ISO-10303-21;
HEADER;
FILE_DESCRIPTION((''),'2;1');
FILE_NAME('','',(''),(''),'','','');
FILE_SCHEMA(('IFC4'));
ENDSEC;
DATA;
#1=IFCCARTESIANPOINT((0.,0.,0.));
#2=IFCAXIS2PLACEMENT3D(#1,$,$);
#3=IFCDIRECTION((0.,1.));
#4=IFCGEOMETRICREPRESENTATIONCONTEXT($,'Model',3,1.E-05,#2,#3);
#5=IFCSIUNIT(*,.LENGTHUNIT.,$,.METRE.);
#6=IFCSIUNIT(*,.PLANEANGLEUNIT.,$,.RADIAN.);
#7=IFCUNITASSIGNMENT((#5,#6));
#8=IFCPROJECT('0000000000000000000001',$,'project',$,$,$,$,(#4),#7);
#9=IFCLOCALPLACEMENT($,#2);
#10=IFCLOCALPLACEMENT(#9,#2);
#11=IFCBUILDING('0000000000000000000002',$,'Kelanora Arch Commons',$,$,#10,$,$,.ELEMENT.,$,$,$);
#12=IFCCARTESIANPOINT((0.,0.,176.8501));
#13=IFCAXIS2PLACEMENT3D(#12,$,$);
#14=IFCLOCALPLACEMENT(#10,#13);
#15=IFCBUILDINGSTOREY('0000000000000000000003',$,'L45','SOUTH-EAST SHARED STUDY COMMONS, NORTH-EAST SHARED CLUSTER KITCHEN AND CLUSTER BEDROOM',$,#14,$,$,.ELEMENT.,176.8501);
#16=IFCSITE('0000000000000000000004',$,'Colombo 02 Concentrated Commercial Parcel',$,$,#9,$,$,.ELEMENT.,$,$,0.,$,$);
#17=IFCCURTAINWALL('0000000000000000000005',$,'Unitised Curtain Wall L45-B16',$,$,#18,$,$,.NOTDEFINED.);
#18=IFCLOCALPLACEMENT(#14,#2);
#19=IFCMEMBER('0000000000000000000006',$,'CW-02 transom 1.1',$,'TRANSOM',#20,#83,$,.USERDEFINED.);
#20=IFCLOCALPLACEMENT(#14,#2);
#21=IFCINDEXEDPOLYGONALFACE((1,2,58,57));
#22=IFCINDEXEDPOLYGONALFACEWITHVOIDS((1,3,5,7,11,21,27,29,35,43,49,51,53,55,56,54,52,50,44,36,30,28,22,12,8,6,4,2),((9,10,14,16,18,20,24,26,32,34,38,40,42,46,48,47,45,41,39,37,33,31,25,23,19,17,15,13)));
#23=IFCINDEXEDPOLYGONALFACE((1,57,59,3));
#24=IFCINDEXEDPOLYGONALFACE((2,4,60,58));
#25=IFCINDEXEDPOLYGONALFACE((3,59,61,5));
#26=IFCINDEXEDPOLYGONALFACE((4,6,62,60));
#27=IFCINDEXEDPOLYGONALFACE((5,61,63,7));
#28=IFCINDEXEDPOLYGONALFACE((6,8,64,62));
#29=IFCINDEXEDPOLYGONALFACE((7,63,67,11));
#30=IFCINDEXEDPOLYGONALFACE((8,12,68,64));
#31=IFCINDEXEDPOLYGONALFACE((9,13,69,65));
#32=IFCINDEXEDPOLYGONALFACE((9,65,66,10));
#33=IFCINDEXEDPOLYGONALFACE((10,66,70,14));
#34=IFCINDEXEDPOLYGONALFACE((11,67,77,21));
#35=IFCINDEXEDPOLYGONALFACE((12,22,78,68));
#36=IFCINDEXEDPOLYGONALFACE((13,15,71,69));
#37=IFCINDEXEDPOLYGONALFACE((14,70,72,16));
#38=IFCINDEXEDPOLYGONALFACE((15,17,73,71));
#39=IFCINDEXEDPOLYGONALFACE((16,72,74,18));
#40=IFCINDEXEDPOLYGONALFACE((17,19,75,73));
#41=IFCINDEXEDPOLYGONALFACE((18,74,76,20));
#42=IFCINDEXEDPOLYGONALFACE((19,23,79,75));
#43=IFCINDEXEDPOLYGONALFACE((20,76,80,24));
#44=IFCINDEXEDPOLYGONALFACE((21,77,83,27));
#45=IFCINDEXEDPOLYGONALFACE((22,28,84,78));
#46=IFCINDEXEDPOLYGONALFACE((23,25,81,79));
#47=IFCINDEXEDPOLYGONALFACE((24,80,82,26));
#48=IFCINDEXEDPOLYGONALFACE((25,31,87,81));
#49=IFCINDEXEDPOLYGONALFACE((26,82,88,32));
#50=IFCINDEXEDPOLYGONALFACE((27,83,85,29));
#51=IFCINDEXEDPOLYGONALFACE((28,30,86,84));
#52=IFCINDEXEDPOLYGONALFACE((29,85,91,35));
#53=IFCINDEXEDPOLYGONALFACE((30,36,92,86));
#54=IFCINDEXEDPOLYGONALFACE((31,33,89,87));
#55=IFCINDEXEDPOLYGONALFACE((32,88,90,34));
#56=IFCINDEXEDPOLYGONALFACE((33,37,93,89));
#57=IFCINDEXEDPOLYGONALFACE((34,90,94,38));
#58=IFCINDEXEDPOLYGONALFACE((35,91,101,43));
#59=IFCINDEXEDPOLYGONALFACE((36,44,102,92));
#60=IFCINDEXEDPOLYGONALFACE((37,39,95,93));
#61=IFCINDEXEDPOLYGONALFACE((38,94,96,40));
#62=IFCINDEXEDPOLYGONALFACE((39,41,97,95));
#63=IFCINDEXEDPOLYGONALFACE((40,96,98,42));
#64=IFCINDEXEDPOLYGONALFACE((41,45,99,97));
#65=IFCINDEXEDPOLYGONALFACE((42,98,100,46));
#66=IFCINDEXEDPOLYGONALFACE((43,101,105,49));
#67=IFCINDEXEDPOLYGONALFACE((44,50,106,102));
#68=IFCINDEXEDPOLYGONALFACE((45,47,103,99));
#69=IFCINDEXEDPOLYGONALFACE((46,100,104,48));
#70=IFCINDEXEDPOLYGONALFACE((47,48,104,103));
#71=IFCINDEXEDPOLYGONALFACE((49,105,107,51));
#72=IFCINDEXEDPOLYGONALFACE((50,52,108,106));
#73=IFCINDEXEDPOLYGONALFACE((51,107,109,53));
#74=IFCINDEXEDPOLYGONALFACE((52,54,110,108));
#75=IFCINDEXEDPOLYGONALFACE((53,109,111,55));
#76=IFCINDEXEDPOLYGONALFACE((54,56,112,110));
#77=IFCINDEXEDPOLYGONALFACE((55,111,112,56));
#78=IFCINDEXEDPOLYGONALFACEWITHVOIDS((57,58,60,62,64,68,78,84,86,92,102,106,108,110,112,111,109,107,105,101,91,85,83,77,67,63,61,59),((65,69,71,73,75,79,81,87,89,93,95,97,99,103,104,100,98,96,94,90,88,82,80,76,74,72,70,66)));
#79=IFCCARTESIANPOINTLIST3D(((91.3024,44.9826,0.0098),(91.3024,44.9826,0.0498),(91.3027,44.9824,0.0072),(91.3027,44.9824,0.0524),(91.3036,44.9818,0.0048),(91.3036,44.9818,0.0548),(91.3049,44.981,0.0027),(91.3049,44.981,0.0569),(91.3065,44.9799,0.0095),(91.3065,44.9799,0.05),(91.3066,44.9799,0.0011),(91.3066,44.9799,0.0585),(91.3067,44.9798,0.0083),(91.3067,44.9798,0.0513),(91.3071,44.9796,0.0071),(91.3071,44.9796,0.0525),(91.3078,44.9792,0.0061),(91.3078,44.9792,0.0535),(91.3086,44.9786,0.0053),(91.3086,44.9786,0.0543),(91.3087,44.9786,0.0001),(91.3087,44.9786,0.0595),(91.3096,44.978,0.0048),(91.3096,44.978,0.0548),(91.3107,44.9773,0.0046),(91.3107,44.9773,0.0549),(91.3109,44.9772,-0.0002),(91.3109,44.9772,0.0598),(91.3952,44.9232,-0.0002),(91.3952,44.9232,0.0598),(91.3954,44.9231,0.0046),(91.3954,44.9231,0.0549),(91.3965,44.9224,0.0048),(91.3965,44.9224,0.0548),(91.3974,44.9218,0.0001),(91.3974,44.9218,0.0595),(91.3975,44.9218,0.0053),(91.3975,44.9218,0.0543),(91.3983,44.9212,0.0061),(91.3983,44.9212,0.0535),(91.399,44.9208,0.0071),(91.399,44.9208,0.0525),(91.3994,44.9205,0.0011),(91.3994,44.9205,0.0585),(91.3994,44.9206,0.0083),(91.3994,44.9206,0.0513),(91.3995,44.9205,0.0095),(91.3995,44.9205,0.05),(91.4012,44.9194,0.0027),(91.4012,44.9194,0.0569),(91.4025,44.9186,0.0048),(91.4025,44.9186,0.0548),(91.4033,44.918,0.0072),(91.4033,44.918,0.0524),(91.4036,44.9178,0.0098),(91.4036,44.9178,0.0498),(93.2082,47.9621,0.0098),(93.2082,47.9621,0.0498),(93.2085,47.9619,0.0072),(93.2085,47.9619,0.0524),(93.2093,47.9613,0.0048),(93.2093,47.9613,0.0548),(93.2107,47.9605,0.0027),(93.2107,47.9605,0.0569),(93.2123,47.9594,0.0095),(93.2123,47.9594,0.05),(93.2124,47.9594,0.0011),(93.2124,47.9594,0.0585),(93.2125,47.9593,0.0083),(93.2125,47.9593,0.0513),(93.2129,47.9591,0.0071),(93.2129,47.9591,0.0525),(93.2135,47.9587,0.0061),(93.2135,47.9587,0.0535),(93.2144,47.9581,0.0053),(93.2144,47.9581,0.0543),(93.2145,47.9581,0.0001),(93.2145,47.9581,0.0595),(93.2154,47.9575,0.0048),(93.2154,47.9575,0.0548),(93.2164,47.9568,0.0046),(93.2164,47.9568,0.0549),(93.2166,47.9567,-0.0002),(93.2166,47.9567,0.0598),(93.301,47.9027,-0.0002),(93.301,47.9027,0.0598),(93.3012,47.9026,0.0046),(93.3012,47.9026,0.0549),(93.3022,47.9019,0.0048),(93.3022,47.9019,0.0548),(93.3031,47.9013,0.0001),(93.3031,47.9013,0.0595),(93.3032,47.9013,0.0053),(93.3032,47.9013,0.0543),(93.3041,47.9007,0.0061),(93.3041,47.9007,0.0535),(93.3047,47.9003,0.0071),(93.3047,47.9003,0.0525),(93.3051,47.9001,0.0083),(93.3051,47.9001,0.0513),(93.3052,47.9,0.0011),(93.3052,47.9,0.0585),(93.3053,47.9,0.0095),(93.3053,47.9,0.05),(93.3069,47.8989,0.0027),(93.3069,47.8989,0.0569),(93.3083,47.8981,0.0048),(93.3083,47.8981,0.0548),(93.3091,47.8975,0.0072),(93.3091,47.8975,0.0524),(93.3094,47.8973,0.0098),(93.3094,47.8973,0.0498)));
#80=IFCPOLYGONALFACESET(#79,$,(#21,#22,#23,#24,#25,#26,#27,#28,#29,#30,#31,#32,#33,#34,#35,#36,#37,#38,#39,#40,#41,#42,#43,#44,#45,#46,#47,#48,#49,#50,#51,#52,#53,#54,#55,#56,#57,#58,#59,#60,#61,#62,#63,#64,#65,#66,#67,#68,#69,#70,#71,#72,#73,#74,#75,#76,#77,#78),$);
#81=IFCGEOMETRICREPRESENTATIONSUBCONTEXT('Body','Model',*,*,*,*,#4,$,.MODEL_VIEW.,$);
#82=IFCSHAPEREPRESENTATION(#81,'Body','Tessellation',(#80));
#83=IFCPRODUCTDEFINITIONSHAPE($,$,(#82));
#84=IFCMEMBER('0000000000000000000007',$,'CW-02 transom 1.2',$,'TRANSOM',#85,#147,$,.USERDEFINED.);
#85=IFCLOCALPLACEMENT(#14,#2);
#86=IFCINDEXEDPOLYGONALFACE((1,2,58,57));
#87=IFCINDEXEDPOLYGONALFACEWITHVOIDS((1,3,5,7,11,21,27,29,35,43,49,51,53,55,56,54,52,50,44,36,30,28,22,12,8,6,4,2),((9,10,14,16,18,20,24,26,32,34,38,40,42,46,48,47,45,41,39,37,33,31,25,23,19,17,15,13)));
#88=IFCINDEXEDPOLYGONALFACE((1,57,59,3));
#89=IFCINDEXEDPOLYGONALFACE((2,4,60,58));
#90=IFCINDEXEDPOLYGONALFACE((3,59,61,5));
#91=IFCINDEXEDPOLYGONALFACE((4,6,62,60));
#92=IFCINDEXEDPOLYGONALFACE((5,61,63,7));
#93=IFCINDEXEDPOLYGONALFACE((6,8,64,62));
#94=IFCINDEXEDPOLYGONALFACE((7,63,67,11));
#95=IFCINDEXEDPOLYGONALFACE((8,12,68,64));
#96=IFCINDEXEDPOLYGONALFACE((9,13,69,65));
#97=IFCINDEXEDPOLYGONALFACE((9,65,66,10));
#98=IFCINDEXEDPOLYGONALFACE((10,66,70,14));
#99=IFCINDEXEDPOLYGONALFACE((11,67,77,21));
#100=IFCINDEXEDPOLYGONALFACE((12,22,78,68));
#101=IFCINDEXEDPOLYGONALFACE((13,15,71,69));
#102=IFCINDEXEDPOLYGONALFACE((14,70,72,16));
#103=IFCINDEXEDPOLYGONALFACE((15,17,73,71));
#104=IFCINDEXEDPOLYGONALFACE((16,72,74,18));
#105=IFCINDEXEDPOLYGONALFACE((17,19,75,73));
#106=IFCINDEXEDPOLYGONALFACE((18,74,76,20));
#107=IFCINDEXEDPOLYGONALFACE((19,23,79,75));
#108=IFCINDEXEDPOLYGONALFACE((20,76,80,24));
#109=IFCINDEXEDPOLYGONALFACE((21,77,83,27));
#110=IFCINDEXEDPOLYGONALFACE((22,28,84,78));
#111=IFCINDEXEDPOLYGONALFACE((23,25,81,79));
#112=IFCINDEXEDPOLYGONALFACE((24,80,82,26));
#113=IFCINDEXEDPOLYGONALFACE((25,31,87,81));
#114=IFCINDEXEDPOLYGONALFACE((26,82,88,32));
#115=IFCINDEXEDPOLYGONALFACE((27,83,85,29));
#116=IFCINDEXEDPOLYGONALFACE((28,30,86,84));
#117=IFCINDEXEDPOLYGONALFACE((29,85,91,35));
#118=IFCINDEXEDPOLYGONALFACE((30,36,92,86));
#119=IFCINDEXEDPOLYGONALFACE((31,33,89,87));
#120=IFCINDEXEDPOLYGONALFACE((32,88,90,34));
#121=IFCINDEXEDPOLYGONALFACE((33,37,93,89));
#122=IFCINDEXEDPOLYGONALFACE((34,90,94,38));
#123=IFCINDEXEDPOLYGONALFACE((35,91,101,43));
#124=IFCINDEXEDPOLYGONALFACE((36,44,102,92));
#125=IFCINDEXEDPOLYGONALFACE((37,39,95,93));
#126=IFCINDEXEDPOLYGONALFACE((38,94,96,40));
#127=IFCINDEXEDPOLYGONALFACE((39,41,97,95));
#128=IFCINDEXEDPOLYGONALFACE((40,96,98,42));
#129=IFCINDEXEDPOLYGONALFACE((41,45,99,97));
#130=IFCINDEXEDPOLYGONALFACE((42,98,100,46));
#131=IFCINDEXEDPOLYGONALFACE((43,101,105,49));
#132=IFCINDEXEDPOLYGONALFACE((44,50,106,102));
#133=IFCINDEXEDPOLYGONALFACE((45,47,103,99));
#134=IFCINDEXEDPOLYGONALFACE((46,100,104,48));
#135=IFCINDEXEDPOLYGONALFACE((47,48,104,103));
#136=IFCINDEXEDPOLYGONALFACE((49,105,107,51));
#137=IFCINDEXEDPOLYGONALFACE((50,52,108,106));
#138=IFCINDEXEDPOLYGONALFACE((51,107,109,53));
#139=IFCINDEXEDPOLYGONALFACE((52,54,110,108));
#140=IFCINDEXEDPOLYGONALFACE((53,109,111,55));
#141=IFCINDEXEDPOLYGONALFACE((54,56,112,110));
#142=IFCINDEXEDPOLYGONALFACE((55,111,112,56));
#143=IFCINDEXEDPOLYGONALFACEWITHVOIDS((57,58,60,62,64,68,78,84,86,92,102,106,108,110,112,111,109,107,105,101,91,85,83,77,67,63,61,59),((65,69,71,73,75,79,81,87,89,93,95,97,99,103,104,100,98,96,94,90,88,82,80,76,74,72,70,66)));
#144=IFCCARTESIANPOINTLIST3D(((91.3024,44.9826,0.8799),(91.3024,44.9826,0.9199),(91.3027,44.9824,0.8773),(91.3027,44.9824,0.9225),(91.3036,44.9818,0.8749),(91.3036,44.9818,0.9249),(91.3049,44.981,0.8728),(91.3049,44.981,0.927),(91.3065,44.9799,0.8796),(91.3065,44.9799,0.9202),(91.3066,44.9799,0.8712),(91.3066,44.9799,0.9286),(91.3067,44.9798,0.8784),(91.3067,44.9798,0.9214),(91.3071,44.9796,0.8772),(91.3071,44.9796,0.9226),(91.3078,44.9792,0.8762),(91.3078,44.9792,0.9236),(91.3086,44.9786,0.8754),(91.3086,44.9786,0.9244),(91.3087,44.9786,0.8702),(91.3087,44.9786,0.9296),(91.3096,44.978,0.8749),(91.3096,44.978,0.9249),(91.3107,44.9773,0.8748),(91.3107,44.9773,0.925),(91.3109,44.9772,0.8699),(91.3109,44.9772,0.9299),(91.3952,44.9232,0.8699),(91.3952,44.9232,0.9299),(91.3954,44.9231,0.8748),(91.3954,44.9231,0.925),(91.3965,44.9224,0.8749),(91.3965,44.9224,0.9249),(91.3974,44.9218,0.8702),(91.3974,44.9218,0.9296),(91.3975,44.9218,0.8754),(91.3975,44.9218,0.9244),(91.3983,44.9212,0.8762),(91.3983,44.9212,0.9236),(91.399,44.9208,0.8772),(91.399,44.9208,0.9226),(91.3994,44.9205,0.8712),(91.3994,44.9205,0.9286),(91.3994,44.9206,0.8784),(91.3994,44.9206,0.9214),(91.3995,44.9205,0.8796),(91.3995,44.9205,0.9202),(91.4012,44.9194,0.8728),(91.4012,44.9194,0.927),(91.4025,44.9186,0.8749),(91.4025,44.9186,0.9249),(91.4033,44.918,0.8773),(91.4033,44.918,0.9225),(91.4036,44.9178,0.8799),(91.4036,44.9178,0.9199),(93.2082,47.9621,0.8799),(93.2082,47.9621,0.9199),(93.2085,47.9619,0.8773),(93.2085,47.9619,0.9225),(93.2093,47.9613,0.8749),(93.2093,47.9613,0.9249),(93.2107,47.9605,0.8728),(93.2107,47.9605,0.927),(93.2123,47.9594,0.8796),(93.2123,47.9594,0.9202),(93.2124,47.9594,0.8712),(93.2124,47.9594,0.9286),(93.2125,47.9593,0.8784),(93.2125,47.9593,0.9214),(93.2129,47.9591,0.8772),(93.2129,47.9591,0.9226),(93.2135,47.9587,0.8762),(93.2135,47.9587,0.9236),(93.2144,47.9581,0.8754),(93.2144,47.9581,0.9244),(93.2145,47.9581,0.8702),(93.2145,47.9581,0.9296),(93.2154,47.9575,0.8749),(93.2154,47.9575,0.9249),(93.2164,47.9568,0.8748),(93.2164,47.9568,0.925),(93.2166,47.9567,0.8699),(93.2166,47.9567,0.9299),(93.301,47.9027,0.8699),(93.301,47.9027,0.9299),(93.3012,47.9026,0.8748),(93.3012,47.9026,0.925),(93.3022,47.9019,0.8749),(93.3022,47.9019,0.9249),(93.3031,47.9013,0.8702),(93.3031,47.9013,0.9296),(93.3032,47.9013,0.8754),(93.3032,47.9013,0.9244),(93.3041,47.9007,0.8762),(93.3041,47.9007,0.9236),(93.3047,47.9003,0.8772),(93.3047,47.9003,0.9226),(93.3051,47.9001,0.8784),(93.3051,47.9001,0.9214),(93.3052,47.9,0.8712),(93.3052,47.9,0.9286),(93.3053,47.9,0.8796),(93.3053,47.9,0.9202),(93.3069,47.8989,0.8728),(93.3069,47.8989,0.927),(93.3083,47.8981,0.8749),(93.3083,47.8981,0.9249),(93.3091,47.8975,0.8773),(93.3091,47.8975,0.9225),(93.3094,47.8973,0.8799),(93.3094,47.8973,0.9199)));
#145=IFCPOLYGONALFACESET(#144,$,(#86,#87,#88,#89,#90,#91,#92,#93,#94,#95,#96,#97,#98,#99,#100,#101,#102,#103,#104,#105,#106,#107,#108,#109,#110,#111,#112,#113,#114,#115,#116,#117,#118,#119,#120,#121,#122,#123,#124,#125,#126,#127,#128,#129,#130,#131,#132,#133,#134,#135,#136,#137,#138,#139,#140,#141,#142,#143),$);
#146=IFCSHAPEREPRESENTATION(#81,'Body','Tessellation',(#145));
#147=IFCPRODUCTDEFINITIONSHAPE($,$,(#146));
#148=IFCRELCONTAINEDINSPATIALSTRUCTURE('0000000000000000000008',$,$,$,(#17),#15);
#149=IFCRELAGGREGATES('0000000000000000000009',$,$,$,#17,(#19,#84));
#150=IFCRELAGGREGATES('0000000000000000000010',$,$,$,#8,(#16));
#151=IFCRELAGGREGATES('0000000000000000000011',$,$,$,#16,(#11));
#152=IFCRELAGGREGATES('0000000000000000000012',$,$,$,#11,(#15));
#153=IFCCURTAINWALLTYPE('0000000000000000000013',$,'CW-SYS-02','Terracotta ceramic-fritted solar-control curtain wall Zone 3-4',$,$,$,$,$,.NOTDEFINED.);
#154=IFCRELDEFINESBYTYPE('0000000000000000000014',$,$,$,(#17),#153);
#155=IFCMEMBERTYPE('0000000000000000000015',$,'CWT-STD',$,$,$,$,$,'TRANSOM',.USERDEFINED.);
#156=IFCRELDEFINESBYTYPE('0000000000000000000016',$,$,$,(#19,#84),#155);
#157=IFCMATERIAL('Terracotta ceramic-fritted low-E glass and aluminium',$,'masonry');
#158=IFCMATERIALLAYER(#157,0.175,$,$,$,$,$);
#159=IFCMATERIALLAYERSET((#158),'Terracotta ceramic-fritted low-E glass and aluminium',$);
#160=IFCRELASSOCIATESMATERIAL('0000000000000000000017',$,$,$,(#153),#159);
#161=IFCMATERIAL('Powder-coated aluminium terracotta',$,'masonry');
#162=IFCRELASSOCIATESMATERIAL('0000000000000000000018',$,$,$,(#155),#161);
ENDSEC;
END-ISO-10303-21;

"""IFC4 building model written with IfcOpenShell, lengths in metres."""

from ifc_helpers import new_model, si_unit, direction, frame, origin, origin_2d, place, context, subcontext, project, spatial, hollow_rectangle, extrude, material, layer, layer_set, material_profile, profile_set, type_object, element, aggregate, save


model = new_model("IFC4")

# Units and contexts
model_context = context("Model", 3, precision=1e-05, world=origin(), true_north=direction((0.0, 1.0)))
body_context = subcontext(model_context, "Body", "Model", "MODEL_VIEW")
ifc_project = project(units=[si_unit("LENGTHUNIT", "METRE"), si_unit("PLANEANGLEUNIT", "RADIAN")], contexts=[model_context])

# Site, building, storey
site_placement = place(None, origin())
site = spatial("IfcSite", under=ifc_project, at=site_placement, Name="Colombo 02 Concentrated Commercial Parcel", CompositionType="ELEMENT", RefElevation=0.0)
building_placement = place(site_placement, origin())
building = spatial("IfcBuilding", under=site, at=building_placement, Name="Kelanora Arch Commons", CompositionType="ELEMENT")
storey_placement = place(building_placement, frame((0.0, 0.0, 176.8501)))
storey = spatial("IfcBuildingStorey", under=building, at=storey_placement, Name="L45", Description="SOUTH-EAST SHARED STUDY COMMONS, NORTH-EAST SHARED CLUSTER KITCHEN AND CLUSTER BEDROOM", CompositionType="ELEMENT", Elevation=176.8501)

# Shared definitions
ifc_material_1 = material(Name="Terracotta ceramic-fritted low-E glass and aluminium", Category="masonry")
ifc_layer_1 = layer(ifc_material_1, 0.175)
ifc_layer_set_1 = layer_set([ifc_layer_1], Name="Terracotta ceramic-fritted low-E glass and aluminium")
curtain_wall_type = type_object("IfcCurtainWallType", Name="CW-SYS-02", Description="Terracotta ceramic-fritted solar-control curtain wall Zone 3-4", PredefinedType="NOTDEFINED", material=ifc_layer_set_1)
ifc_material_2 = material(Name="Powder-coated aluminium terracotta", Category="masonry")

# Curtain wall, members
curtain_wall_1_placement = place(storey_placement, origin())
curtain_wall_1 = element("IfcCurtainWall", 1, at=curtain_wall_1_placement, inside=storey, type_object=curtain_wall_type, Name="Unitised Curtain Wall L45-B16", PredefinedType="NOTDEFINED")
ifc_material_profile_1 = material_profile(ifc_material_2, hollow_rectangle(XDim=0.1201, YDim=0.0601, WallThickness=0.0049, InnerFilletRadius=0.0049, OuterFilletRadius=0.01, at=origin_2d()), Name="CWT120x60")
ifc_profile_set_1 = profile_set([ifc_material_profile_1], Name="Powder-coated aluminium terracotta")
member_type_1 = type_object("IfcMemberType", Name="CWT-STD", ElementType="TRANSOM", PredefinedType="USERDEFINED", material=ifc_profile_set_1)
member_1_placement = place(storey_placement, frame((91.353, 44.9502, 0.0298), z_axis=(0.53883, 0.842414, 0.0), x_axis=(-0.842414, 0.53883, 0.0)))
member_1 = element("IfcMember", 2, at=member_1_placement, type_object=member_type_1, Name="CW-02 transom 1.1", ObjectType="TRANSOM", PredefinedType="USERDEFINED", context=body_context, shape_type="SweptSolid", body=[
    extrude(hollow_rectangle(XDim=0.1201, YDim=0.0601, WallThickness=0.0049, InnerFilletRadius=0.0049, OuterFilletRadius=0.01, at=origin_2d()), origin(), (0.0, 0.0, 1.0), 3.5369),
])
member_2_placement = place(storey_placement, frame((91.353, 44.9502, 0.8999), z_axis=(0.53883, 0.842414, 0.0), x_axis=(-0.842414, 0.53883, 0.0)))
member_2 = element("IfcMember", 3, at=member_2_placement, type_object=member_type_1, Name="CW-02 transom 1.2", ObjectType="TRANSOM", PredefinedType="USERDEFINED", context=body_context, shape_type="SweptSolid", body=[
    extrude(hollow_rectangle(XDim=0.1201, YDim=0.0601, WallThickness=0.0049, InnerFilletRadius=0.0049, OuterFilletRadius=0.01, at=origin_2d()), origin(), (0.0, 0.0, 1.0), 3.5369),
])

aggregate(curtain_wall_1, [member_1, member_2])

save(model, "model.ifc")
